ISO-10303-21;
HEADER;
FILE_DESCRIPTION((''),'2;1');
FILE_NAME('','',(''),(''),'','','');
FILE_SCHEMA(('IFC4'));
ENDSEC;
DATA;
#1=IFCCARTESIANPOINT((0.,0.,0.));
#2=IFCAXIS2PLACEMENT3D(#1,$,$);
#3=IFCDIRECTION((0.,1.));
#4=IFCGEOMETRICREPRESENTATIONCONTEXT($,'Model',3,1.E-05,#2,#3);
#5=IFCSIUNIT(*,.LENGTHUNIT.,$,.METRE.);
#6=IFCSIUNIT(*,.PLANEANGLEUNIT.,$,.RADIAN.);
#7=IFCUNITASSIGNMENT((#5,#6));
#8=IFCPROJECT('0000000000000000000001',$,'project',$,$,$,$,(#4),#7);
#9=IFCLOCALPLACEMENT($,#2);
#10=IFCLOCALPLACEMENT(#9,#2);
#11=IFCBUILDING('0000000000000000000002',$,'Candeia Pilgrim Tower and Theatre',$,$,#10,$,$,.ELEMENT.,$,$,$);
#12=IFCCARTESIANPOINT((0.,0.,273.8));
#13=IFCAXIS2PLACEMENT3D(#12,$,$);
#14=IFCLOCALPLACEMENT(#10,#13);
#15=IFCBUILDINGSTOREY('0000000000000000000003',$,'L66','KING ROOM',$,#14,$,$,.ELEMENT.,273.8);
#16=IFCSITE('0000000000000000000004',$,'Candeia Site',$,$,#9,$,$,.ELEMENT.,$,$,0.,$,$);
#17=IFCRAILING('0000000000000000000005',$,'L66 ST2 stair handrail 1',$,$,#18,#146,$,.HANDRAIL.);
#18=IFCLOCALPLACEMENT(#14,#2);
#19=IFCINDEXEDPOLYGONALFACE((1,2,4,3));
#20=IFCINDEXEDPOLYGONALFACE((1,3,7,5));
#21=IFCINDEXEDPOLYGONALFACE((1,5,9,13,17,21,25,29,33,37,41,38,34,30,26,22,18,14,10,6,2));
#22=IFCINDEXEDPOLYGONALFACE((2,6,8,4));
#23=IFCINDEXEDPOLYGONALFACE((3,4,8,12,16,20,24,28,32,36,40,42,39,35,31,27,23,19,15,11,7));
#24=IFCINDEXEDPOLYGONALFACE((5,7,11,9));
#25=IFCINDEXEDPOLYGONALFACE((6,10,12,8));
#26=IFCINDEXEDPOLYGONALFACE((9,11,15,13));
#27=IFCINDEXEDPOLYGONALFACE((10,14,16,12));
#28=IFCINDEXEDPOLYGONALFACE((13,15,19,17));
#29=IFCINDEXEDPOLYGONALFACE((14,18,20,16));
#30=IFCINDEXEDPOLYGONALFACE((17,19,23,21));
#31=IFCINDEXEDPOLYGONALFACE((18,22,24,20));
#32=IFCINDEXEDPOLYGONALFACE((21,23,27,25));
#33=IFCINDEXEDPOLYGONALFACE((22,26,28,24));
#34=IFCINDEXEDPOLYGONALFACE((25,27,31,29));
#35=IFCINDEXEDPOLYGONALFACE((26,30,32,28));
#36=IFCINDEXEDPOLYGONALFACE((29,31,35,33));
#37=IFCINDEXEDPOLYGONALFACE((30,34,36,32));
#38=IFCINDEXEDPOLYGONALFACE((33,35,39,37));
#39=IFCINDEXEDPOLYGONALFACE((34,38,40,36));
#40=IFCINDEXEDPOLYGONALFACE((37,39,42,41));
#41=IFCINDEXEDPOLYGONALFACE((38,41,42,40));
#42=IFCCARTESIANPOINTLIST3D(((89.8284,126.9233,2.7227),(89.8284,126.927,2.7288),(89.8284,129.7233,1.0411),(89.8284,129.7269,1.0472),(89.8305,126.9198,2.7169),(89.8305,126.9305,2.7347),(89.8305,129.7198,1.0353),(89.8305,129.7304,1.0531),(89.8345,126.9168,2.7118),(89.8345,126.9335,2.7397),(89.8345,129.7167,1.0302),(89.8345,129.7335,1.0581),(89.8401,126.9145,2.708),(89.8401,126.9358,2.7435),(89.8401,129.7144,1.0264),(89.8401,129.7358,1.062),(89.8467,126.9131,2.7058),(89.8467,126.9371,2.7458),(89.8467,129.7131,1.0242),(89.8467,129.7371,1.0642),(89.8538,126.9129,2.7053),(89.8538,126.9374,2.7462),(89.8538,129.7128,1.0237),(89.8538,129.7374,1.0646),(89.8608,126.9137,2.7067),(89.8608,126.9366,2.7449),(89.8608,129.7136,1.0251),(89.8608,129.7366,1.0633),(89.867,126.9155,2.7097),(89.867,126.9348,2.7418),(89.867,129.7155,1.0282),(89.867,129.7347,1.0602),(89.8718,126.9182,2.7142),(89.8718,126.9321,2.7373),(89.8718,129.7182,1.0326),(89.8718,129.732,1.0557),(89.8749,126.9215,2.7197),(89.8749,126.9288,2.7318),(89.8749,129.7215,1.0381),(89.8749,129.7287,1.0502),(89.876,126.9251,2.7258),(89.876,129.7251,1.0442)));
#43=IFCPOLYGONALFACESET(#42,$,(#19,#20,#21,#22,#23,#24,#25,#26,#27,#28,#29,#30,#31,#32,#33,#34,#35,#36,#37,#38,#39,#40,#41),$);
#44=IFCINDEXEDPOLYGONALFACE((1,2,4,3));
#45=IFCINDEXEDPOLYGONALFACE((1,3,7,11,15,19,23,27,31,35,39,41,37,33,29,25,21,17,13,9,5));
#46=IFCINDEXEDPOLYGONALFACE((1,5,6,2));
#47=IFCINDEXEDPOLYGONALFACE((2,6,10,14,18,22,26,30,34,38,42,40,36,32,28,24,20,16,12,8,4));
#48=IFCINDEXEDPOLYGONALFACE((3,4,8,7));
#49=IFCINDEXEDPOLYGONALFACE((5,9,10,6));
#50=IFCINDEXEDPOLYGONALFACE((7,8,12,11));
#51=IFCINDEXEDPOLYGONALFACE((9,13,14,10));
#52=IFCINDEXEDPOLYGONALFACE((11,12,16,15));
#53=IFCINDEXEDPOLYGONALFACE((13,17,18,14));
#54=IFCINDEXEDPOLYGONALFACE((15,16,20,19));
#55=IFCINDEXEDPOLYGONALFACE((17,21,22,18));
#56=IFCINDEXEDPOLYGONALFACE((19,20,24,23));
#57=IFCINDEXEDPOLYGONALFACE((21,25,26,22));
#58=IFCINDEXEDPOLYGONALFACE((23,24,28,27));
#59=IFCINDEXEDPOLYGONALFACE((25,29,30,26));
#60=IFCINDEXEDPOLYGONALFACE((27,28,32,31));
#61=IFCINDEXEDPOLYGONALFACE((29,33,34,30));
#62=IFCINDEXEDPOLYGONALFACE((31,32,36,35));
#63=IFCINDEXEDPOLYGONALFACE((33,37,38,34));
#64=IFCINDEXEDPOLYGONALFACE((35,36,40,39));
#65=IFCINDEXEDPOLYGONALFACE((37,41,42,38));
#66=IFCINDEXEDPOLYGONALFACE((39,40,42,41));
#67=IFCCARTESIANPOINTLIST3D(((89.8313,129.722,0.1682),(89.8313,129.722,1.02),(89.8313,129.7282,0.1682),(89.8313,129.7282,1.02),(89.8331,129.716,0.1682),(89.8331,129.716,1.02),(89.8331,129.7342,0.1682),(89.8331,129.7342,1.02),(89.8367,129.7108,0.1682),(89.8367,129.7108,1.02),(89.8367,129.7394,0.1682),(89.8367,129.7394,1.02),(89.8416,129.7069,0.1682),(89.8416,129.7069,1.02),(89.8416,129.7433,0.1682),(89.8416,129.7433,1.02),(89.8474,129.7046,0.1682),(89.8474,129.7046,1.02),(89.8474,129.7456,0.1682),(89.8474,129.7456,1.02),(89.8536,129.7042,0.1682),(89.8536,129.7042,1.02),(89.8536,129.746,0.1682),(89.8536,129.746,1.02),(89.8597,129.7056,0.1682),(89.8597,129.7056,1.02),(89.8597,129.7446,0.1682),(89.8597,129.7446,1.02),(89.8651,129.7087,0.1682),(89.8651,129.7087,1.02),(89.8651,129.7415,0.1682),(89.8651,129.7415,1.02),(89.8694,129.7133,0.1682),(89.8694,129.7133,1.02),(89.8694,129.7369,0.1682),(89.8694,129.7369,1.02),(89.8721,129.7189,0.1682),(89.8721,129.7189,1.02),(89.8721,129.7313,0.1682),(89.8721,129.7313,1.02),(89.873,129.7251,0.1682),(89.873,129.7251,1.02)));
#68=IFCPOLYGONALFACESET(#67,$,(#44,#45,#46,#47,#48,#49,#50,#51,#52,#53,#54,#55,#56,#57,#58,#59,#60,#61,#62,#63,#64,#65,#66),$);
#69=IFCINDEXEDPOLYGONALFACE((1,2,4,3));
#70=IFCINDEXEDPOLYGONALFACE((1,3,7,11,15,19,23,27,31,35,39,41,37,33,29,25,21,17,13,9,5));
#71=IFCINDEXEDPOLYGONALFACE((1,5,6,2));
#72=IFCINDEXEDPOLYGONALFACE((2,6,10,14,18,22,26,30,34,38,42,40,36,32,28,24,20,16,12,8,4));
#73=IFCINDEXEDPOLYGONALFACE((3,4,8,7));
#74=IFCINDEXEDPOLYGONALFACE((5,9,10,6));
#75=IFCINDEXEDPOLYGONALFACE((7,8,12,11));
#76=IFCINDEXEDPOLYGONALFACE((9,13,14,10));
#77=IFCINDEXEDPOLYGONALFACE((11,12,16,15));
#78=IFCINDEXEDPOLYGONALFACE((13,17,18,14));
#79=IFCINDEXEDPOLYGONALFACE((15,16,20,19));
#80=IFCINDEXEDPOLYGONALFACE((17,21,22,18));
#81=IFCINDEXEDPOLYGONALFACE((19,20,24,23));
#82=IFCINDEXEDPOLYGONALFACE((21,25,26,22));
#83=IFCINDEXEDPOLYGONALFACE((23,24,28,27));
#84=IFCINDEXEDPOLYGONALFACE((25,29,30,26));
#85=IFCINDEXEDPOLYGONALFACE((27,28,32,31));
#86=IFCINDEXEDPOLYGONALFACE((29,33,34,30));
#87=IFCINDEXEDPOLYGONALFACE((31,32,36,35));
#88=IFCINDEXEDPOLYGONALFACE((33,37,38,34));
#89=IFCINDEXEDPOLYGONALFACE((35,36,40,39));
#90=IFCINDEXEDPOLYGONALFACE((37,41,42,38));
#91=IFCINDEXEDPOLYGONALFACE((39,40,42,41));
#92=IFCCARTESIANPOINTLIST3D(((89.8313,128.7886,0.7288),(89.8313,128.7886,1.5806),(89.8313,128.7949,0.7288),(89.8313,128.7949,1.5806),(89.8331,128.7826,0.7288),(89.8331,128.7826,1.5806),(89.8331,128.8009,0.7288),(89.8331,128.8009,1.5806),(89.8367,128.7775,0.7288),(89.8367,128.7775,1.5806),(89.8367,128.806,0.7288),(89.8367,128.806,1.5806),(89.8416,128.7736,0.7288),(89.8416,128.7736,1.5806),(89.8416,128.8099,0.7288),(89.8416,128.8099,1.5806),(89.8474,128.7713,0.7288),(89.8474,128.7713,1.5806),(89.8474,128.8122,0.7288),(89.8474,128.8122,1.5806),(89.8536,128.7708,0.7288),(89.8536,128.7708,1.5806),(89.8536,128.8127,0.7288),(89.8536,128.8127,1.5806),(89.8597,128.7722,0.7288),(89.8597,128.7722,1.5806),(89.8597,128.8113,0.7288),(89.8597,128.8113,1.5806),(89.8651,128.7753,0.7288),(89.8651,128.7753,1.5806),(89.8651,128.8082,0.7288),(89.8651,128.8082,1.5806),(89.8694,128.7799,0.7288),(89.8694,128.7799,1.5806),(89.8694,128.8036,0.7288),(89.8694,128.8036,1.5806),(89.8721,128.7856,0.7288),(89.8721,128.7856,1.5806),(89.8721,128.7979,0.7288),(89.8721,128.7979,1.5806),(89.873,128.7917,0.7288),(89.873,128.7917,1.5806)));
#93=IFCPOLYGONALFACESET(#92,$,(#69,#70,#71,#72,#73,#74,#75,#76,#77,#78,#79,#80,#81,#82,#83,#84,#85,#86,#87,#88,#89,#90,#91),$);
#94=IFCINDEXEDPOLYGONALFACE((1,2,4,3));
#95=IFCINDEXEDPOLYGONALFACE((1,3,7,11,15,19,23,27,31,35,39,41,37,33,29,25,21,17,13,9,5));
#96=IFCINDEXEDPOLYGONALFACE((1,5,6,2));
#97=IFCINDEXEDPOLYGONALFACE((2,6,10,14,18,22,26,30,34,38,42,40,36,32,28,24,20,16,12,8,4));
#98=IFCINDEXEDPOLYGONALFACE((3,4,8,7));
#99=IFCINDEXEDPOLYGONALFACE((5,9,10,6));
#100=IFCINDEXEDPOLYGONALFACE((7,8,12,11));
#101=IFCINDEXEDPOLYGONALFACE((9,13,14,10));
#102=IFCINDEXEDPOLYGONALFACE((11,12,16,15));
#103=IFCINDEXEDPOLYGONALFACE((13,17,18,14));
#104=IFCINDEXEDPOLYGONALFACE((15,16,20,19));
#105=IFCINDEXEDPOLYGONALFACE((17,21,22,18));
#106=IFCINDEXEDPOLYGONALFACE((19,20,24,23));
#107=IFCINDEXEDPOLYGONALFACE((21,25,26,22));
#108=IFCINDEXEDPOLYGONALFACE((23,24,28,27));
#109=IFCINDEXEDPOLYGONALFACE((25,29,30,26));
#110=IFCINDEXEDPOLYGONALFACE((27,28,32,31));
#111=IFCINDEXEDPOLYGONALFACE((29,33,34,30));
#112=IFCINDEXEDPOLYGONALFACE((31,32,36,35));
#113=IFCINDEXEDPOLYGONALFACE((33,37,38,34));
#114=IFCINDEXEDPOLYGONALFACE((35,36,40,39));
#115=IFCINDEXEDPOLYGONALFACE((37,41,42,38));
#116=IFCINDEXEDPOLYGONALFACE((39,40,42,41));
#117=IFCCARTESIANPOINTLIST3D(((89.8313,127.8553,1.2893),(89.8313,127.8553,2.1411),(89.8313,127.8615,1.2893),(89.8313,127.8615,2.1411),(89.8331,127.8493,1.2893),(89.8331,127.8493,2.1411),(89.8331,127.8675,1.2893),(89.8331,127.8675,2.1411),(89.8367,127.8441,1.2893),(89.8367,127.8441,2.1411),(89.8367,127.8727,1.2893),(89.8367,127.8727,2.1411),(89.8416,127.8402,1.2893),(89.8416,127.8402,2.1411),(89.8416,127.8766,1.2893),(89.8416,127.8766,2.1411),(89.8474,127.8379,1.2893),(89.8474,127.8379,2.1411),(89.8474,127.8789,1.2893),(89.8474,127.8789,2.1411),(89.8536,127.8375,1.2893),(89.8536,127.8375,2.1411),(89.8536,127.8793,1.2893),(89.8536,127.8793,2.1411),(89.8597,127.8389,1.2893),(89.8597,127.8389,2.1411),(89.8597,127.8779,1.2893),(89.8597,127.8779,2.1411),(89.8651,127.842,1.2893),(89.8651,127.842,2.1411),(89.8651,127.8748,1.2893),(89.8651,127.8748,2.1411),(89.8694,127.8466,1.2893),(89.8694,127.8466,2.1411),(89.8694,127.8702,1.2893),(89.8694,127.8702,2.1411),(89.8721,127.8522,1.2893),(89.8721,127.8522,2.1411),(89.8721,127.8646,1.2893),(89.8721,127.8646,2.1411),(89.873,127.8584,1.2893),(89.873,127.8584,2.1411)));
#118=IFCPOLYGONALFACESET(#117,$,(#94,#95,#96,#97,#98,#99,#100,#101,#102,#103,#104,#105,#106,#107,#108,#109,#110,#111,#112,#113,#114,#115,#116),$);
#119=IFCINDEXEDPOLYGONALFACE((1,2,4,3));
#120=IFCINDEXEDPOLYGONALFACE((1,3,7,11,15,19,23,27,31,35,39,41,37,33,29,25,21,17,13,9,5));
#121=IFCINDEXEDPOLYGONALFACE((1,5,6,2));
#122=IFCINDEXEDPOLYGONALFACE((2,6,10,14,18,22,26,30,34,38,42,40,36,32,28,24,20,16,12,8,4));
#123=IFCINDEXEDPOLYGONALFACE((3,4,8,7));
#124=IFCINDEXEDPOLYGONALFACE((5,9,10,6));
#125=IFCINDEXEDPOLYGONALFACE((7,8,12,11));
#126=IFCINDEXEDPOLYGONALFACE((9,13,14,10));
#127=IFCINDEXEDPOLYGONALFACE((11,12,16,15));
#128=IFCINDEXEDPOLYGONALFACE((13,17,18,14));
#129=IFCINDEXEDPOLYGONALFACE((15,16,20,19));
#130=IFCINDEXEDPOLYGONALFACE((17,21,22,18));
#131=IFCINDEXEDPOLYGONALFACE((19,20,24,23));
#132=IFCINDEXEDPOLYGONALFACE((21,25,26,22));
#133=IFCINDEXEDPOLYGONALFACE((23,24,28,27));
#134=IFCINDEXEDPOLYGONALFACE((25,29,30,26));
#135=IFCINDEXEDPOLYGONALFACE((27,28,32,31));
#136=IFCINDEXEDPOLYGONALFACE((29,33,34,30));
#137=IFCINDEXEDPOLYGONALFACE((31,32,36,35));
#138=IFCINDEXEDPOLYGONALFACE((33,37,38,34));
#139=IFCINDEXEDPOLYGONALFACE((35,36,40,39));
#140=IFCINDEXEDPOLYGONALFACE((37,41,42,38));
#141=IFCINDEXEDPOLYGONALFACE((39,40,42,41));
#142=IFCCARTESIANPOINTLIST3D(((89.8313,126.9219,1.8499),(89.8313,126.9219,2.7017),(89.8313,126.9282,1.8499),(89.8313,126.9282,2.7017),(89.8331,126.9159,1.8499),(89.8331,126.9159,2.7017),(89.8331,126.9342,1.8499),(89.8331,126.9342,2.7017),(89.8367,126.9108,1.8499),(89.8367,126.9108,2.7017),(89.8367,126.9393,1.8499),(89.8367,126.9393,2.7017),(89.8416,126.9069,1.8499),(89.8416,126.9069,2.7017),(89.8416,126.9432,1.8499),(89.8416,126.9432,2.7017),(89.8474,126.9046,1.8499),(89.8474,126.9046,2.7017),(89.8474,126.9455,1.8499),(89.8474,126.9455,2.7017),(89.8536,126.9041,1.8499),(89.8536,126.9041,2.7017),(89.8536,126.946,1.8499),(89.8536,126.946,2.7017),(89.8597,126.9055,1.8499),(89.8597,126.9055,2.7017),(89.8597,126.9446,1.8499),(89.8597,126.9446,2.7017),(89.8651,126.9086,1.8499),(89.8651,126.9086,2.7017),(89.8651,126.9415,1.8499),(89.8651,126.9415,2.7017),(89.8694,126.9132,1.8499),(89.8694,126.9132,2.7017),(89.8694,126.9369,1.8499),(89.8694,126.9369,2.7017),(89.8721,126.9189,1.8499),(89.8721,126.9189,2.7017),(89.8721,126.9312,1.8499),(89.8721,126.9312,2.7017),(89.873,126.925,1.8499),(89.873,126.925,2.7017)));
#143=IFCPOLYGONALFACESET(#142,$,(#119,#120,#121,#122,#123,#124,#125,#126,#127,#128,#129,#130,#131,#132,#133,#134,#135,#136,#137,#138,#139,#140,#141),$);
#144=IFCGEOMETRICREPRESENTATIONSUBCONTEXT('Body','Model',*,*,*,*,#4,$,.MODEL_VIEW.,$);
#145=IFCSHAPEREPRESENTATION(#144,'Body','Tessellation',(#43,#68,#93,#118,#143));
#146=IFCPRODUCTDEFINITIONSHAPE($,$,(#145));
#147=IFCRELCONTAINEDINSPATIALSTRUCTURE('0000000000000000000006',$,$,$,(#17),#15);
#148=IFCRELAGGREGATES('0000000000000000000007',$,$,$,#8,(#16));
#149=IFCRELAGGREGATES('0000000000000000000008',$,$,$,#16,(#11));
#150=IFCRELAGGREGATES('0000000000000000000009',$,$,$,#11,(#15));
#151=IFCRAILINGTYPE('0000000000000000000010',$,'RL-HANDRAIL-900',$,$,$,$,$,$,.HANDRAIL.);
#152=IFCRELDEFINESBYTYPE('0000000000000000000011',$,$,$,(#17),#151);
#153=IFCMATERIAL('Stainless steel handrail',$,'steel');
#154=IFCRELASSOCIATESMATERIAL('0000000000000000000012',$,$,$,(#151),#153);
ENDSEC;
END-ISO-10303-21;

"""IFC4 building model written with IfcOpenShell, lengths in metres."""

from ifc_helpers import new_model, si_unit, direction, frame, origin, origin_2d, place, context, subcontext, project, spatial, circle, extrude, material, type_object, element, save


model = new_model("IFC4")

# Units and contexts
model_context = context("Model", 3, precision=1e-05, world=origin(), true_north=direction((0.0, 1.0)))
body_context = subcontext(model_context, "Body", "Model", "MODEL_VIEW")
ifc_project = project(units=[si_unit("LENGTHUNIT", "METRE"), si_unit("PLANEANGLEUNIT", "RADIAN")], contexts=[model_context])

# Site, building, storey
site_placement = place(None, origin())
site = spatial("IfcSite", under=ifc_project, at=site_placement, Name="Candeia Site", CompositionType="ELEMENT", RefElevation=0.0)
building_placement = place(site_placement, origin())
building = spatial("IfcBuilding", under=site, at=building_placement, Name="Candeia Pilgrim Tower and Theatre", CompositionType="ELEMENT")
storey_placement = place(building_placement, frame((0.0, 0.0, 273.8)))
storey = spatial("IfcBuildingStorey", under=building, at=storey_placement, Name="L66", Description="KING ROOM", CompositionType="ELEMENT", Elevation=273.8)

# Railing
ifc_material_1 = material(Name="Stainless steel handrail", Category="steel")
railing_type_1 = type_object("IfcRailingType", Name="RL-HANDRAIL-900", PredefinedType="HANDRAIL", material=ifc_material_1)
railing_1_placement = place(storey_placement, frame((89.8521, 129.7251, 0.1682)))
element("IfcRailing", 1, at=railing_1_placement, inside=storey, type_object=railing_type_1, Name="L66 ST2 stair handrail 1", PredefinedType="HANDRAIL", context=body_context, shape_type="SweptSolid", body=[
    extrude(circle(Radius=0.0239, at=origin_2d()), frame((0.0, 0.0, 0.876), z_axis=(0.0, -0.857275, 0.514858), x_axis=(1.0, 0.0, 0.0)), (0.0, 0.0, 1.0), 3.2661),
    extrude(circle(Radius=0.021, at=origin_2d()), origin(), (0.0, 0.0, 1.0), 0.8518),
    extrude(circle(Radius=0.021, at=origin_2d()), frame((0.0, -0.9333, 0.5605)), (0.0, 0.0, 1.0), 0.8518),
    extrude(circle(Radius=0.021, at=origin_2d()), frame((0.0, -1.8667, 1.1211)), (0.0, 0.0, 1.0), 0.8518),
    extrude(circle(Radius=0.021, at=origin_2d()), frame((0.0, -2.8, 1.6816)), (0.0, 0.0, 1.0), 0.8518),
])

save(model, "model.ifc")
